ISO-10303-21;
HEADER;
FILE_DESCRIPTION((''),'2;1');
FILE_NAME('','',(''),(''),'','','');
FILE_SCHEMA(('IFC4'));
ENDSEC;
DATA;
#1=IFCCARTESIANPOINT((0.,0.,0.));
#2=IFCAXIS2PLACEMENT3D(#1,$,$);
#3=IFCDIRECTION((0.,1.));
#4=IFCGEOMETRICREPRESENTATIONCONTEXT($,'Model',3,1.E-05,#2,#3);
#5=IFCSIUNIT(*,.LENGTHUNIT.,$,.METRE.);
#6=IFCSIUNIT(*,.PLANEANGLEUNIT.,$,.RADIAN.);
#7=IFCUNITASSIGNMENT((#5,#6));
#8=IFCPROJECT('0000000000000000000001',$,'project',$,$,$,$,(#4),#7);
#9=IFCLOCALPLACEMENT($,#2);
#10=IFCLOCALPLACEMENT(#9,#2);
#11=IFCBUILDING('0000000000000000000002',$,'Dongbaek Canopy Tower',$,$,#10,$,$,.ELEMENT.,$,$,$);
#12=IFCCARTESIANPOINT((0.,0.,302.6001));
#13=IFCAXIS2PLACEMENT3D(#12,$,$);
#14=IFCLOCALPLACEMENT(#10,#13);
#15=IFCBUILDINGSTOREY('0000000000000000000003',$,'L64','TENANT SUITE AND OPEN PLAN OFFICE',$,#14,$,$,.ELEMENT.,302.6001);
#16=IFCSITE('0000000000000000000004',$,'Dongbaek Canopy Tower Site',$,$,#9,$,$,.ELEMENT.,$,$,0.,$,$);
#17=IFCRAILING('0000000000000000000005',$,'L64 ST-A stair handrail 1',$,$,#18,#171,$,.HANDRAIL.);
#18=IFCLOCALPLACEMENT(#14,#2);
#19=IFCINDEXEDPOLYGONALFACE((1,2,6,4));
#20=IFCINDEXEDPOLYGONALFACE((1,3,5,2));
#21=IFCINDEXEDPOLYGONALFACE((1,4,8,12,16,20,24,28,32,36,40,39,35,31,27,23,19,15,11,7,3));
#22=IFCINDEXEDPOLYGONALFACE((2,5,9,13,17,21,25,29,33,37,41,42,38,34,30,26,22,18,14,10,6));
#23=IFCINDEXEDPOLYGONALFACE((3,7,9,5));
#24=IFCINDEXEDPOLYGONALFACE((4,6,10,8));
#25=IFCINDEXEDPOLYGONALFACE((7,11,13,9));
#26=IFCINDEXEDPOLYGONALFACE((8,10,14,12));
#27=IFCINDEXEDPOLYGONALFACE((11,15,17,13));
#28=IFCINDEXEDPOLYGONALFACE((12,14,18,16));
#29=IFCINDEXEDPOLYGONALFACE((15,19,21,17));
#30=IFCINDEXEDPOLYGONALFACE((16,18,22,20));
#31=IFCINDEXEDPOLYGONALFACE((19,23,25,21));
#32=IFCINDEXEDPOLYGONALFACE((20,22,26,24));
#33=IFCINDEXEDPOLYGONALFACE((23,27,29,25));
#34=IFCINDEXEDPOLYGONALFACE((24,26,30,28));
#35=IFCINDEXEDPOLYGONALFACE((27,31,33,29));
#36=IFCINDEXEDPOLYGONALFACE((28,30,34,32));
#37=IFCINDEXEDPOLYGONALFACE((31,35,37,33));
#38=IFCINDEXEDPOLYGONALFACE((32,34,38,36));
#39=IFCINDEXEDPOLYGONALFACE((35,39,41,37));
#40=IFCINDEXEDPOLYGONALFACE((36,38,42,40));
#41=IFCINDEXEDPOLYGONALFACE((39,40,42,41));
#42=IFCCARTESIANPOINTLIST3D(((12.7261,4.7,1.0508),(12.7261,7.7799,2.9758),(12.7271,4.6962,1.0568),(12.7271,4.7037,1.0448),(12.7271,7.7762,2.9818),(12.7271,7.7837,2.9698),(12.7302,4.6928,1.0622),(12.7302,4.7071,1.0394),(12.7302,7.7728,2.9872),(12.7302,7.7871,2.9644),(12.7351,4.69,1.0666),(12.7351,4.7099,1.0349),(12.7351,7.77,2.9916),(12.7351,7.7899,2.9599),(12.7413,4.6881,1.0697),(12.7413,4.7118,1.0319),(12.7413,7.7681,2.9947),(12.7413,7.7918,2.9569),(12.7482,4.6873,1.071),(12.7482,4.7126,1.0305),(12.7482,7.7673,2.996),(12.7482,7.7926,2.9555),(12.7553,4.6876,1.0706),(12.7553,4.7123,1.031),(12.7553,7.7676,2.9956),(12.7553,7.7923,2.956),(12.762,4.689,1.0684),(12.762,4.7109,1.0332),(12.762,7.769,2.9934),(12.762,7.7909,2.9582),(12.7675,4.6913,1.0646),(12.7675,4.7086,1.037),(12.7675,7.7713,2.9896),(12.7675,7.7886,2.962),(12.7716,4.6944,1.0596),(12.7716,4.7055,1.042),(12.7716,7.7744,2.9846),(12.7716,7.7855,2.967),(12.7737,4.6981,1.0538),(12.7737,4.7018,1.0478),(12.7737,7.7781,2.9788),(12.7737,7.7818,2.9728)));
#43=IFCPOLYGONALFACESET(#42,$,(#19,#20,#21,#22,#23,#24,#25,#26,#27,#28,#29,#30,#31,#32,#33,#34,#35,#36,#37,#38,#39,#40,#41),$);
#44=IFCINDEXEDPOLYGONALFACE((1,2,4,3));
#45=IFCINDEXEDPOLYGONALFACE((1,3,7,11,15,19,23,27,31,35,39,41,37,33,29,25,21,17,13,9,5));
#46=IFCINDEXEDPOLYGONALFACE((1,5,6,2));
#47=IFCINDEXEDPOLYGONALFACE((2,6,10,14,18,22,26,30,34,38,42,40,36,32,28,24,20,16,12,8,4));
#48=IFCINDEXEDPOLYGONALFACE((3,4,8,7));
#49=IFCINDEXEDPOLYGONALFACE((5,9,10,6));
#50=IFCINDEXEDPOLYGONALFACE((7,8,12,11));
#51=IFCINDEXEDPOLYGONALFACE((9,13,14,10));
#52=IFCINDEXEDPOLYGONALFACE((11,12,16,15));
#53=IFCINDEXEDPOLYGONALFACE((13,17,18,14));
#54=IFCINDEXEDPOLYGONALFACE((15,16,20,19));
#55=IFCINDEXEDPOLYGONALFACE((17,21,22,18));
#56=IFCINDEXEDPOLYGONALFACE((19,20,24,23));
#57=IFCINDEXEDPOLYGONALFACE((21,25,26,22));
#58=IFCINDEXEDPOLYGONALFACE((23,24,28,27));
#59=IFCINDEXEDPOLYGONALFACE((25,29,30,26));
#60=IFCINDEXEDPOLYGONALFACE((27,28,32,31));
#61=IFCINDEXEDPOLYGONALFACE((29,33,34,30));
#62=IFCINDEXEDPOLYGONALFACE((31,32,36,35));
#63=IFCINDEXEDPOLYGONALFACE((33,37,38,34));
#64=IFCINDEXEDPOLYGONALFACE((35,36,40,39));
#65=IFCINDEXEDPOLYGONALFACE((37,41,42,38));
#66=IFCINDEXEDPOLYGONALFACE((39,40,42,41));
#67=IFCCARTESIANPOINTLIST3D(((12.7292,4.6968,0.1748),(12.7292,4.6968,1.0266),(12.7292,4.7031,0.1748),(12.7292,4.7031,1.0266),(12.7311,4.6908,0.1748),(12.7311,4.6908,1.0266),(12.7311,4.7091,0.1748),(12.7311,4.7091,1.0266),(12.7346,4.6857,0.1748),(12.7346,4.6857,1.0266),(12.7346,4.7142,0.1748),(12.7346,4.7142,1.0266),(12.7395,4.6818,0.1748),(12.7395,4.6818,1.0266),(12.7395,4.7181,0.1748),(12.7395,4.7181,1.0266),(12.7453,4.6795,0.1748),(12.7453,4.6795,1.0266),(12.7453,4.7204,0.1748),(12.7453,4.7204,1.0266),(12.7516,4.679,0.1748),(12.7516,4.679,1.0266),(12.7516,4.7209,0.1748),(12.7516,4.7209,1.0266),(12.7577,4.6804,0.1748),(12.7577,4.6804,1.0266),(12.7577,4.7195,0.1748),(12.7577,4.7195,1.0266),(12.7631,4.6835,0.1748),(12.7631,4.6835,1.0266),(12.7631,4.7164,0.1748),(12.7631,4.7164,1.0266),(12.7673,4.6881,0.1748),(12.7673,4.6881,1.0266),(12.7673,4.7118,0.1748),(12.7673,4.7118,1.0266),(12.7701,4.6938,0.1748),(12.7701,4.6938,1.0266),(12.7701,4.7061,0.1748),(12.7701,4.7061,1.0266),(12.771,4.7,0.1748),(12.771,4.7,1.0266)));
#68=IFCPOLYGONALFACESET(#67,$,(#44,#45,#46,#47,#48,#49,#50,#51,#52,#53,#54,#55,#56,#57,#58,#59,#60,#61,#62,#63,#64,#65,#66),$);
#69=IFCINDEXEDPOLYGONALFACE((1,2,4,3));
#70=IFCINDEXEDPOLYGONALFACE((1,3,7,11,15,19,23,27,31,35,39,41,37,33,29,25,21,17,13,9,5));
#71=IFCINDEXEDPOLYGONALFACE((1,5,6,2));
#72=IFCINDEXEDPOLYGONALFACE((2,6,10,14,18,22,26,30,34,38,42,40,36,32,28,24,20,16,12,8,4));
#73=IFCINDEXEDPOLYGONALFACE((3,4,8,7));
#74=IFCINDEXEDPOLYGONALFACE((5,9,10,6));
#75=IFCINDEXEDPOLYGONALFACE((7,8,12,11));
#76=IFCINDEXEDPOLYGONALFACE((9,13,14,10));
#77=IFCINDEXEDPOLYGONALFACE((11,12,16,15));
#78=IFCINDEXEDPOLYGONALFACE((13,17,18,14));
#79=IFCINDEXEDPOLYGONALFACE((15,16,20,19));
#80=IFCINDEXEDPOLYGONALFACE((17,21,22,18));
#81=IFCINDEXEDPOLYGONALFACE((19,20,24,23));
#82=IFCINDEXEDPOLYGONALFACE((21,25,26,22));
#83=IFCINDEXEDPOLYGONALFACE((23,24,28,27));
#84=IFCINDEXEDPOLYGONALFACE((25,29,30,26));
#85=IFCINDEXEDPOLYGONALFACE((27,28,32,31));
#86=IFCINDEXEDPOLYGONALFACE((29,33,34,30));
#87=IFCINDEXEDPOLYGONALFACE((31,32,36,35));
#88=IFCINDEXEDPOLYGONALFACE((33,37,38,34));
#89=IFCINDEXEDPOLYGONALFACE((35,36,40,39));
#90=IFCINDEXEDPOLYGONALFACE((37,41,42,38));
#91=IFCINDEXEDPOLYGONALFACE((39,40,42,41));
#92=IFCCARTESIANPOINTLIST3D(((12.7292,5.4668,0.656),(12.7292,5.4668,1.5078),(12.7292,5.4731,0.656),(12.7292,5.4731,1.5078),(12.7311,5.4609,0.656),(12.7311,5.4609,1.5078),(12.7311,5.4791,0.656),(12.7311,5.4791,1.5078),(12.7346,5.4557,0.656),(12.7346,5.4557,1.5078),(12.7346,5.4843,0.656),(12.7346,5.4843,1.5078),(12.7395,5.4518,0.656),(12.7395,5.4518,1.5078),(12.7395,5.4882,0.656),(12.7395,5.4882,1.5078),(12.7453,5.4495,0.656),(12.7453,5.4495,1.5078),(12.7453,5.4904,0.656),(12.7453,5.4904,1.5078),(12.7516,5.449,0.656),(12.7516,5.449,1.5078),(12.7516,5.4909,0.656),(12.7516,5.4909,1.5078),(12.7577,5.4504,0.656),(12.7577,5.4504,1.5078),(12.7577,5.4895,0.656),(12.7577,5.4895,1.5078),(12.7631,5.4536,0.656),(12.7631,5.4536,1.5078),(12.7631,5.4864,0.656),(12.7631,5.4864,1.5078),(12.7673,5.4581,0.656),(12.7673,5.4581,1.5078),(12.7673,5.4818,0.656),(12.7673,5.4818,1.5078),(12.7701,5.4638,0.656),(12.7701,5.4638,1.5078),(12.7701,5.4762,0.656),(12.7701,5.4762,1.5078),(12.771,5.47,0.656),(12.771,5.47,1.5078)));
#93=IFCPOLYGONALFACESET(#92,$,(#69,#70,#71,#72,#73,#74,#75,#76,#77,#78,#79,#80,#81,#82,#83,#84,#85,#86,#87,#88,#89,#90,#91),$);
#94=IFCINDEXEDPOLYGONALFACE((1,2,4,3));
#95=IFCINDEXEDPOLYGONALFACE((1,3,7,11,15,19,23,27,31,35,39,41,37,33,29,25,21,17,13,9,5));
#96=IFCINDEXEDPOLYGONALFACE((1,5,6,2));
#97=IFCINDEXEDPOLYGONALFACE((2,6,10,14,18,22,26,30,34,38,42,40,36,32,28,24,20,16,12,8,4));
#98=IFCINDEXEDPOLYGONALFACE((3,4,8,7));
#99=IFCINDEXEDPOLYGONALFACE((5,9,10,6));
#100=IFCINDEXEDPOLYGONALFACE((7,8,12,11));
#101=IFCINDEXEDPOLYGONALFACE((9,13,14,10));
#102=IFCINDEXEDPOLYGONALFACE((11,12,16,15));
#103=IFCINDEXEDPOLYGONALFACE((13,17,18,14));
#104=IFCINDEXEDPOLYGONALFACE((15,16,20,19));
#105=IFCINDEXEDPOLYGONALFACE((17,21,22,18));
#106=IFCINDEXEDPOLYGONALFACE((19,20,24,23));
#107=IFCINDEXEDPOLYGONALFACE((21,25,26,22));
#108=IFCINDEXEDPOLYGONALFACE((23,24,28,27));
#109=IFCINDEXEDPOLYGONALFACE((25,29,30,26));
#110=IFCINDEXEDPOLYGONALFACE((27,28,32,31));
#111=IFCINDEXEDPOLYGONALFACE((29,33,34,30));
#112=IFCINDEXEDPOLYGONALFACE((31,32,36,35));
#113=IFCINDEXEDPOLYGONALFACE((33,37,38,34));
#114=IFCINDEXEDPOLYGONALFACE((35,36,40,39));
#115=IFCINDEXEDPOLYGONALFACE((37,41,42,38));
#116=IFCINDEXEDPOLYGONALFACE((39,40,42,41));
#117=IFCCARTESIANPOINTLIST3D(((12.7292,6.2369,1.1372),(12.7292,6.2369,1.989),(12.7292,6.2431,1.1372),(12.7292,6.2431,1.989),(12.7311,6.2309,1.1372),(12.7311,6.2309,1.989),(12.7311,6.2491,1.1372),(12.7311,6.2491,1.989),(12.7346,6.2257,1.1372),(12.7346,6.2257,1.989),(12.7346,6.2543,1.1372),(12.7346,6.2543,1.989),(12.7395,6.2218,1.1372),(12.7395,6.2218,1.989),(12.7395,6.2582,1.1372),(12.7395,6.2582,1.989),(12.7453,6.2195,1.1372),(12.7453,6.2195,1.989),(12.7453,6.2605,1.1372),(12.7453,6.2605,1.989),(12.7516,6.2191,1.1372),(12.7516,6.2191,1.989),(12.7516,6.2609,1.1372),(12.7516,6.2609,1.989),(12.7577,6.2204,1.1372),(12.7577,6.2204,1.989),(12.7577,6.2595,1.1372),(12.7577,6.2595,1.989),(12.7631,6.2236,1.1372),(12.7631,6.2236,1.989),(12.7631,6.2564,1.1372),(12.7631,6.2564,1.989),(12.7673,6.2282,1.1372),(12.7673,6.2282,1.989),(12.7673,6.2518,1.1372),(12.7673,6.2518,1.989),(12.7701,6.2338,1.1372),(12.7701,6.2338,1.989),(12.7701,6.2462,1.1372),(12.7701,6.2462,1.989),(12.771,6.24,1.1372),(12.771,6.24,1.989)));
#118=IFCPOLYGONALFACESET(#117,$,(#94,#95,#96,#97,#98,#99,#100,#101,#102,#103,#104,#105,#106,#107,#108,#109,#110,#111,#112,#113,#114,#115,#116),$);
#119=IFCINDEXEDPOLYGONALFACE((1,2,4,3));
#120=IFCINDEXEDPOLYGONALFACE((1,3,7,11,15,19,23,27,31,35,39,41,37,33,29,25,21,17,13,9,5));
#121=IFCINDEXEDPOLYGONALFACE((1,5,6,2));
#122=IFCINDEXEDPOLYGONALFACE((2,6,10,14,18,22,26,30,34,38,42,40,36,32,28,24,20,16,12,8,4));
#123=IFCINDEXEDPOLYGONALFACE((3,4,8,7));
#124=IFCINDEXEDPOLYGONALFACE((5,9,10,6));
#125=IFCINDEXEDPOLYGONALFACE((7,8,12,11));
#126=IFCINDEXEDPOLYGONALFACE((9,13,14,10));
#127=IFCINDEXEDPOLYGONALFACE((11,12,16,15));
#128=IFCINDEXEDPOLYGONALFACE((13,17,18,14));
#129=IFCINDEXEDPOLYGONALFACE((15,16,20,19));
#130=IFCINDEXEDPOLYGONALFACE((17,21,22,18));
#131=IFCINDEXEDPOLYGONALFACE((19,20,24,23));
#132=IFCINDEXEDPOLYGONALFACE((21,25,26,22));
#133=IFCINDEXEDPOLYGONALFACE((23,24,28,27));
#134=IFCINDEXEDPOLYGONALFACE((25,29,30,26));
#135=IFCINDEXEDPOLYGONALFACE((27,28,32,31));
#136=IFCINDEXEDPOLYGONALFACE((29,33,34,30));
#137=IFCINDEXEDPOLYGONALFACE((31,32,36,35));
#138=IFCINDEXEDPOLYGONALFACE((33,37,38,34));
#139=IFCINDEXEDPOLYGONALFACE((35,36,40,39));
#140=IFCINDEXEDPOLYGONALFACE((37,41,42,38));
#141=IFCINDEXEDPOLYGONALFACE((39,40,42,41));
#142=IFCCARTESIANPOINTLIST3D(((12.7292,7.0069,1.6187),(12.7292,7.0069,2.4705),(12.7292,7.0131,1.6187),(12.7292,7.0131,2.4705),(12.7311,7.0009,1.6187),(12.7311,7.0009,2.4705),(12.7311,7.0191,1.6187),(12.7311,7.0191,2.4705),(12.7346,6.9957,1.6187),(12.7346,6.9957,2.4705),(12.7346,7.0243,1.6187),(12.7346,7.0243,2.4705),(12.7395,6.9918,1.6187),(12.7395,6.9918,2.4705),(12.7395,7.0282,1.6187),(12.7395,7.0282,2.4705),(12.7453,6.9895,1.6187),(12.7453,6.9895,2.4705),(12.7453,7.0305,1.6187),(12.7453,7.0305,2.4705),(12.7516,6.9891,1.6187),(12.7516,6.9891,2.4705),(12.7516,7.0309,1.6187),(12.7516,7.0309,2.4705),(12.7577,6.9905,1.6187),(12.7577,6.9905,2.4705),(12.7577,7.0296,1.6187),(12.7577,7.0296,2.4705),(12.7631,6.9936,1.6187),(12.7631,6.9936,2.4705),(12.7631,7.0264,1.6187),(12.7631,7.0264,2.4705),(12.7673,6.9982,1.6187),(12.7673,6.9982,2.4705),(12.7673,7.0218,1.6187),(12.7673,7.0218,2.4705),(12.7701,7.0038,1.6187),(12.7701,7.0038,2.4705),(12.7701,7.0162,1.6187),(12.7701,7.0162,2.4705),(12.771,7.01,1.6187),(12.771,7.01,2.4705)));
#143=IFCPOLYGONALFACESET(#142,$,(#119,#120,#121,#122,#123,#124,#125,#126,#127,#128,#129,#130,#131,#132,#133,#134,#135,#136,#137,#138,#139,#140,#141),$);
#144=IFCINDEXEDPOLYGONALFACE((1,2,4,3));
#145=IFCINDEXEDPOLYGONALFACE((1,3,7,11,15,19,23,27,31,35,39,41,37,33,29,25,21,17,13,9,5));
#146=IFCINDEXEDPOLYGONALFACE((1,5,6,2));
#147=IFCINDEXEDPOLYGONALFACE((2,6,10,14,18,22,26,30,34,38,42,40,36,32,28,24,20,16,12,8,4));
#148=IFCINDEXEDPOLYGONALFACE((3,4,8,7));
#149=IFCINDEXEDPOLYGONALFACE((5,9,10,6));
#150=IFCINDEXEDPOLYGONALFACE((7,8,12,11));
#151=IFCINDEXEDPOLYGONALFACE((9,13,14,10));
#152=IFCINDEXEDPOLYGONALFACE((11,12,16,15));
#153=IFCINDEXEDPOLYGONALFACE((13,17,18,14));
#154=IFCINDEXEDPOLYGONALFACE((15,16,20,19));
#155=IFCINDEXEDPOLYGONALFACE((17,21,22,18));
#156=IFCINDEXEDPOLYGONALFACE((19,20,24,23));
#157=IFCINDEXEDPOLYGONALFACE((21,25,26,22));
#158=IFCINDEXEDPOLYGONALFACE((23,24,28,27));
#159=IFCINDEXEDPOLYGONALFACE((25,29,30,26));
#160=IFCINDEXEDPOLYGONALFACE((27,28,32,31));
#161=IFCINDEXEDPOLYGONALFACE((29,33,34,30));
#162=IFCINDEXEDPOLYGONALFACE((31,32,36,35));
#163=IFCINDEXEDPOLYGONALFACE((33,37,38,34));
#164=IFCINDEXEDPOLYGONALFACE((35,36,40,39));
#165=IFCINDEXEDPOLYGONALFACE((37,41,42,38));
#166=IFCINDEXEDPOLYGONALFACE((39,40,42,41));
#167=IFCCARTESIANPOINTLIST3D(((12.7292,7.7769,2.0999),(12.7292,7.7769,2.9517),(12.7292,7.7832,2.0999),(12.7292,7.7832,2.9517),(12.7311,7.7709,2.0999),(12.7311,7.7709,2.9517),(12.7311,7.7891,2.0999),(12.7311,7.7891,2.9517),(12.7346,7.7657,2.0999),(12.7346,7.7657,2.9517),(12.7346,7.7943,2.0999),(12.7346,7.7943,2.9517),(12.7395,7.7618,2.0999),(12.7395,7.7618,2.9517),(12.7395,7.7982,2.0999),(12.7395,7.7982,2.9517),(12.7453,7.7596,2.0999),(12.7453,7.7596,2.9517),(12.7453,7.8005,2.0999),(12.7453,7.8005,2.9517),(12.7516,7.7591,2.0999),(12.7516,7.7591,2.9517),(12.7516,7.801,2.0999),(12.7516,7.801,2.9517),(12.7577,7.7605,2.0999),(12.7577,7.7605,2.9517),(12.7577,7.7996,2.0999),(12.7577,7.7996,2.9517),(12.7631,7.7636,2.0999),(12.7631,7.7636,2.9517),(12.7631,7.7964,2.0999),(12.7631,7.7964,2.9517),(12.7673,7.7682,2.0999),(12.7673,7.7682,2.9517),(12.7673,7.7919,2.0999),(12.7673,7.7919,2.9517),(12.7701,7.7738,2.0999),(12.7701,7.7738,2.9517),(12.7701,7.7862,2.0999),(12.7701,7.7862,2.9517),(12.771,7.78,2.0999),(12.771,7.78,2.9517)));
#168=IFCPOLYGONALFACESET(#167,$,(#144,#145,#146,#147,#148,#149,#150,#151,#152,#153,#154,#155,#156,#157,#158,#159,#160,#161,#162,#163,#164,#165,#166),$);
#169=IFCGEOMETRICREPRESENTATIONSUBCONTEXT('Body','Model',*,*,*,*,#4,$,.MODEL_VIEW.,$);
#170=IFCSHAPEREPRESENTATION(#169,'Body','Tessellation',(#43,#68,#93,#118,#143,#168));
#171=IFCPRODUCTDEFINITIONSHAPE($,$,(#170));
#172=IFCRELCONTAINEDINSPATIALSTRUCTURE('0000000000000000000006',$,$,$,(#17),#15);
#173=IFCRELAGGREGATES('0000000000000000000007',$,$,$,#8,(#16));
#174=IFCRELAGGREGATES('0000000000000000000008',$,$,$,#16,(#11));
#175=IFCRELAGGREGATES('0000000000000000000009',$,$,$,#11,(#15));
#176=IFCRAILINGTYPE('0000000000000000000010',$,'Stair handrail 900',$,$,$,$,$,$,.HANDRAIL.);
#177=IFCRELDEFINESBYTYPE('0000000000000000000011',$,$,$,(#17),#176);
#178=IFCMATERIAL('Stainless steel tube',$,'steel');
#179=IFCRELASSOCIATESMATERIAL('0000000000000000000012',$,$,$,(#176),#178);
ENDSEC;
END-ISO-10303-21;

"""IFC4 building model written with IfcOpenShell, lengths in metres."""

from ifc_helpers import new_model, si_unit, direction, frame, origin, origin_2d, place, context, subcontext, project, spatial, circle, extrude, material, type_object, element, save


model = new_model("IFC4")

# Units and contexts
model_context = context("Model", 3, precision=1e-05, world=origin(), true_north=direction((0.0, 1.0)))
body_context = subcontext(model_context, "Body", "Model", "MODEL_VIEW")
ifc_project = project(units=[si_unit("LENGTHUNIT", "METRE"), si_unit("PLANEANGLEUNIT", "RADIAN")], contexts=[model_context])

# Site, building, storey
site_placement = place(None, origin())
site = spatial("IfcSite", under=ifc_project, at=site_placement, Name="Dongbaek Canopy Tower Site", CompositionType="ELEMENT", RefElevation=0.0)
building_placement = place(site_placement, origin())
building = spatial("IfcBuilding", under=site, at=building_placement, Name="Dongbaek Canopy Tower", CompositionType="ELEMENT")
storey_placement = place(building_placement, frame((0.0, 0.0, 302.6001)))
storey = spatial("IfcBuildingStorey", under=building, at=storey_placement, Name="L64", Description="TENANT SUITE AND OPEN PLAN OFFICE", CompositionType="ELEMENT", Elevation=302.6001)

# Railing
ifc_material_1 = material(Name="Stainless steel tube", Category="steel")
railing_type_1 = type_object("IfcRailingType", Name="Stair handrail 900", PredefinedType="HANDRAIL", material=ifc_material_1)
railing_1_placement = place(storey_placement, frame((12.75, 4.7, 0.1748)))
element("IfcRailing", 1, at=railing_1_placement, inside=storey, type_object=railing_type_1, Name="L64 ST-A stair handrail 1", PredefinedType="HANDRAIL", context=body_context, shape_type="SweptSolid", body=[
    extrude(circle(Radius=0.0239, at=origin_2d()), frame((0.0, 0.0, 0.876), z_axis=(0.0, 0.847998, 0.529999), x_axis=(-1.0, 0.0, 0.0)), (0.0, 0.0, 1.0), 3.6321),
    extrude(circle(Radius=0.021, at=origin_2d()), origin(), (0.0, 0.0, 1.0), 0.8518),
    extrude(circle(Radius=0.021, at=origin_2d()), frame((0.0, 0.77, 0.4812)), (0.0, 0.0, 1.0), 0.8518),
    extrude(circle(Radius=0.021, at=origin_2d()), frame((0.0, 1.54, 0.9624)), (0.0, 0.0, 1.0), 0.8518),
    extrude(circle(Radius=0.021, at=origin_2d()), frame((0.0, 2.3101, 1.4438)), (0.0, 0.0, 1.0), 0.8518),
    extrude(circle(Radius=0.021, at=origin_2d()), frame((0.0, 3.0801, 1.925)), (0.0, 0.0, 1.0), 0.8518),
])

save(model, "model.ifc")
